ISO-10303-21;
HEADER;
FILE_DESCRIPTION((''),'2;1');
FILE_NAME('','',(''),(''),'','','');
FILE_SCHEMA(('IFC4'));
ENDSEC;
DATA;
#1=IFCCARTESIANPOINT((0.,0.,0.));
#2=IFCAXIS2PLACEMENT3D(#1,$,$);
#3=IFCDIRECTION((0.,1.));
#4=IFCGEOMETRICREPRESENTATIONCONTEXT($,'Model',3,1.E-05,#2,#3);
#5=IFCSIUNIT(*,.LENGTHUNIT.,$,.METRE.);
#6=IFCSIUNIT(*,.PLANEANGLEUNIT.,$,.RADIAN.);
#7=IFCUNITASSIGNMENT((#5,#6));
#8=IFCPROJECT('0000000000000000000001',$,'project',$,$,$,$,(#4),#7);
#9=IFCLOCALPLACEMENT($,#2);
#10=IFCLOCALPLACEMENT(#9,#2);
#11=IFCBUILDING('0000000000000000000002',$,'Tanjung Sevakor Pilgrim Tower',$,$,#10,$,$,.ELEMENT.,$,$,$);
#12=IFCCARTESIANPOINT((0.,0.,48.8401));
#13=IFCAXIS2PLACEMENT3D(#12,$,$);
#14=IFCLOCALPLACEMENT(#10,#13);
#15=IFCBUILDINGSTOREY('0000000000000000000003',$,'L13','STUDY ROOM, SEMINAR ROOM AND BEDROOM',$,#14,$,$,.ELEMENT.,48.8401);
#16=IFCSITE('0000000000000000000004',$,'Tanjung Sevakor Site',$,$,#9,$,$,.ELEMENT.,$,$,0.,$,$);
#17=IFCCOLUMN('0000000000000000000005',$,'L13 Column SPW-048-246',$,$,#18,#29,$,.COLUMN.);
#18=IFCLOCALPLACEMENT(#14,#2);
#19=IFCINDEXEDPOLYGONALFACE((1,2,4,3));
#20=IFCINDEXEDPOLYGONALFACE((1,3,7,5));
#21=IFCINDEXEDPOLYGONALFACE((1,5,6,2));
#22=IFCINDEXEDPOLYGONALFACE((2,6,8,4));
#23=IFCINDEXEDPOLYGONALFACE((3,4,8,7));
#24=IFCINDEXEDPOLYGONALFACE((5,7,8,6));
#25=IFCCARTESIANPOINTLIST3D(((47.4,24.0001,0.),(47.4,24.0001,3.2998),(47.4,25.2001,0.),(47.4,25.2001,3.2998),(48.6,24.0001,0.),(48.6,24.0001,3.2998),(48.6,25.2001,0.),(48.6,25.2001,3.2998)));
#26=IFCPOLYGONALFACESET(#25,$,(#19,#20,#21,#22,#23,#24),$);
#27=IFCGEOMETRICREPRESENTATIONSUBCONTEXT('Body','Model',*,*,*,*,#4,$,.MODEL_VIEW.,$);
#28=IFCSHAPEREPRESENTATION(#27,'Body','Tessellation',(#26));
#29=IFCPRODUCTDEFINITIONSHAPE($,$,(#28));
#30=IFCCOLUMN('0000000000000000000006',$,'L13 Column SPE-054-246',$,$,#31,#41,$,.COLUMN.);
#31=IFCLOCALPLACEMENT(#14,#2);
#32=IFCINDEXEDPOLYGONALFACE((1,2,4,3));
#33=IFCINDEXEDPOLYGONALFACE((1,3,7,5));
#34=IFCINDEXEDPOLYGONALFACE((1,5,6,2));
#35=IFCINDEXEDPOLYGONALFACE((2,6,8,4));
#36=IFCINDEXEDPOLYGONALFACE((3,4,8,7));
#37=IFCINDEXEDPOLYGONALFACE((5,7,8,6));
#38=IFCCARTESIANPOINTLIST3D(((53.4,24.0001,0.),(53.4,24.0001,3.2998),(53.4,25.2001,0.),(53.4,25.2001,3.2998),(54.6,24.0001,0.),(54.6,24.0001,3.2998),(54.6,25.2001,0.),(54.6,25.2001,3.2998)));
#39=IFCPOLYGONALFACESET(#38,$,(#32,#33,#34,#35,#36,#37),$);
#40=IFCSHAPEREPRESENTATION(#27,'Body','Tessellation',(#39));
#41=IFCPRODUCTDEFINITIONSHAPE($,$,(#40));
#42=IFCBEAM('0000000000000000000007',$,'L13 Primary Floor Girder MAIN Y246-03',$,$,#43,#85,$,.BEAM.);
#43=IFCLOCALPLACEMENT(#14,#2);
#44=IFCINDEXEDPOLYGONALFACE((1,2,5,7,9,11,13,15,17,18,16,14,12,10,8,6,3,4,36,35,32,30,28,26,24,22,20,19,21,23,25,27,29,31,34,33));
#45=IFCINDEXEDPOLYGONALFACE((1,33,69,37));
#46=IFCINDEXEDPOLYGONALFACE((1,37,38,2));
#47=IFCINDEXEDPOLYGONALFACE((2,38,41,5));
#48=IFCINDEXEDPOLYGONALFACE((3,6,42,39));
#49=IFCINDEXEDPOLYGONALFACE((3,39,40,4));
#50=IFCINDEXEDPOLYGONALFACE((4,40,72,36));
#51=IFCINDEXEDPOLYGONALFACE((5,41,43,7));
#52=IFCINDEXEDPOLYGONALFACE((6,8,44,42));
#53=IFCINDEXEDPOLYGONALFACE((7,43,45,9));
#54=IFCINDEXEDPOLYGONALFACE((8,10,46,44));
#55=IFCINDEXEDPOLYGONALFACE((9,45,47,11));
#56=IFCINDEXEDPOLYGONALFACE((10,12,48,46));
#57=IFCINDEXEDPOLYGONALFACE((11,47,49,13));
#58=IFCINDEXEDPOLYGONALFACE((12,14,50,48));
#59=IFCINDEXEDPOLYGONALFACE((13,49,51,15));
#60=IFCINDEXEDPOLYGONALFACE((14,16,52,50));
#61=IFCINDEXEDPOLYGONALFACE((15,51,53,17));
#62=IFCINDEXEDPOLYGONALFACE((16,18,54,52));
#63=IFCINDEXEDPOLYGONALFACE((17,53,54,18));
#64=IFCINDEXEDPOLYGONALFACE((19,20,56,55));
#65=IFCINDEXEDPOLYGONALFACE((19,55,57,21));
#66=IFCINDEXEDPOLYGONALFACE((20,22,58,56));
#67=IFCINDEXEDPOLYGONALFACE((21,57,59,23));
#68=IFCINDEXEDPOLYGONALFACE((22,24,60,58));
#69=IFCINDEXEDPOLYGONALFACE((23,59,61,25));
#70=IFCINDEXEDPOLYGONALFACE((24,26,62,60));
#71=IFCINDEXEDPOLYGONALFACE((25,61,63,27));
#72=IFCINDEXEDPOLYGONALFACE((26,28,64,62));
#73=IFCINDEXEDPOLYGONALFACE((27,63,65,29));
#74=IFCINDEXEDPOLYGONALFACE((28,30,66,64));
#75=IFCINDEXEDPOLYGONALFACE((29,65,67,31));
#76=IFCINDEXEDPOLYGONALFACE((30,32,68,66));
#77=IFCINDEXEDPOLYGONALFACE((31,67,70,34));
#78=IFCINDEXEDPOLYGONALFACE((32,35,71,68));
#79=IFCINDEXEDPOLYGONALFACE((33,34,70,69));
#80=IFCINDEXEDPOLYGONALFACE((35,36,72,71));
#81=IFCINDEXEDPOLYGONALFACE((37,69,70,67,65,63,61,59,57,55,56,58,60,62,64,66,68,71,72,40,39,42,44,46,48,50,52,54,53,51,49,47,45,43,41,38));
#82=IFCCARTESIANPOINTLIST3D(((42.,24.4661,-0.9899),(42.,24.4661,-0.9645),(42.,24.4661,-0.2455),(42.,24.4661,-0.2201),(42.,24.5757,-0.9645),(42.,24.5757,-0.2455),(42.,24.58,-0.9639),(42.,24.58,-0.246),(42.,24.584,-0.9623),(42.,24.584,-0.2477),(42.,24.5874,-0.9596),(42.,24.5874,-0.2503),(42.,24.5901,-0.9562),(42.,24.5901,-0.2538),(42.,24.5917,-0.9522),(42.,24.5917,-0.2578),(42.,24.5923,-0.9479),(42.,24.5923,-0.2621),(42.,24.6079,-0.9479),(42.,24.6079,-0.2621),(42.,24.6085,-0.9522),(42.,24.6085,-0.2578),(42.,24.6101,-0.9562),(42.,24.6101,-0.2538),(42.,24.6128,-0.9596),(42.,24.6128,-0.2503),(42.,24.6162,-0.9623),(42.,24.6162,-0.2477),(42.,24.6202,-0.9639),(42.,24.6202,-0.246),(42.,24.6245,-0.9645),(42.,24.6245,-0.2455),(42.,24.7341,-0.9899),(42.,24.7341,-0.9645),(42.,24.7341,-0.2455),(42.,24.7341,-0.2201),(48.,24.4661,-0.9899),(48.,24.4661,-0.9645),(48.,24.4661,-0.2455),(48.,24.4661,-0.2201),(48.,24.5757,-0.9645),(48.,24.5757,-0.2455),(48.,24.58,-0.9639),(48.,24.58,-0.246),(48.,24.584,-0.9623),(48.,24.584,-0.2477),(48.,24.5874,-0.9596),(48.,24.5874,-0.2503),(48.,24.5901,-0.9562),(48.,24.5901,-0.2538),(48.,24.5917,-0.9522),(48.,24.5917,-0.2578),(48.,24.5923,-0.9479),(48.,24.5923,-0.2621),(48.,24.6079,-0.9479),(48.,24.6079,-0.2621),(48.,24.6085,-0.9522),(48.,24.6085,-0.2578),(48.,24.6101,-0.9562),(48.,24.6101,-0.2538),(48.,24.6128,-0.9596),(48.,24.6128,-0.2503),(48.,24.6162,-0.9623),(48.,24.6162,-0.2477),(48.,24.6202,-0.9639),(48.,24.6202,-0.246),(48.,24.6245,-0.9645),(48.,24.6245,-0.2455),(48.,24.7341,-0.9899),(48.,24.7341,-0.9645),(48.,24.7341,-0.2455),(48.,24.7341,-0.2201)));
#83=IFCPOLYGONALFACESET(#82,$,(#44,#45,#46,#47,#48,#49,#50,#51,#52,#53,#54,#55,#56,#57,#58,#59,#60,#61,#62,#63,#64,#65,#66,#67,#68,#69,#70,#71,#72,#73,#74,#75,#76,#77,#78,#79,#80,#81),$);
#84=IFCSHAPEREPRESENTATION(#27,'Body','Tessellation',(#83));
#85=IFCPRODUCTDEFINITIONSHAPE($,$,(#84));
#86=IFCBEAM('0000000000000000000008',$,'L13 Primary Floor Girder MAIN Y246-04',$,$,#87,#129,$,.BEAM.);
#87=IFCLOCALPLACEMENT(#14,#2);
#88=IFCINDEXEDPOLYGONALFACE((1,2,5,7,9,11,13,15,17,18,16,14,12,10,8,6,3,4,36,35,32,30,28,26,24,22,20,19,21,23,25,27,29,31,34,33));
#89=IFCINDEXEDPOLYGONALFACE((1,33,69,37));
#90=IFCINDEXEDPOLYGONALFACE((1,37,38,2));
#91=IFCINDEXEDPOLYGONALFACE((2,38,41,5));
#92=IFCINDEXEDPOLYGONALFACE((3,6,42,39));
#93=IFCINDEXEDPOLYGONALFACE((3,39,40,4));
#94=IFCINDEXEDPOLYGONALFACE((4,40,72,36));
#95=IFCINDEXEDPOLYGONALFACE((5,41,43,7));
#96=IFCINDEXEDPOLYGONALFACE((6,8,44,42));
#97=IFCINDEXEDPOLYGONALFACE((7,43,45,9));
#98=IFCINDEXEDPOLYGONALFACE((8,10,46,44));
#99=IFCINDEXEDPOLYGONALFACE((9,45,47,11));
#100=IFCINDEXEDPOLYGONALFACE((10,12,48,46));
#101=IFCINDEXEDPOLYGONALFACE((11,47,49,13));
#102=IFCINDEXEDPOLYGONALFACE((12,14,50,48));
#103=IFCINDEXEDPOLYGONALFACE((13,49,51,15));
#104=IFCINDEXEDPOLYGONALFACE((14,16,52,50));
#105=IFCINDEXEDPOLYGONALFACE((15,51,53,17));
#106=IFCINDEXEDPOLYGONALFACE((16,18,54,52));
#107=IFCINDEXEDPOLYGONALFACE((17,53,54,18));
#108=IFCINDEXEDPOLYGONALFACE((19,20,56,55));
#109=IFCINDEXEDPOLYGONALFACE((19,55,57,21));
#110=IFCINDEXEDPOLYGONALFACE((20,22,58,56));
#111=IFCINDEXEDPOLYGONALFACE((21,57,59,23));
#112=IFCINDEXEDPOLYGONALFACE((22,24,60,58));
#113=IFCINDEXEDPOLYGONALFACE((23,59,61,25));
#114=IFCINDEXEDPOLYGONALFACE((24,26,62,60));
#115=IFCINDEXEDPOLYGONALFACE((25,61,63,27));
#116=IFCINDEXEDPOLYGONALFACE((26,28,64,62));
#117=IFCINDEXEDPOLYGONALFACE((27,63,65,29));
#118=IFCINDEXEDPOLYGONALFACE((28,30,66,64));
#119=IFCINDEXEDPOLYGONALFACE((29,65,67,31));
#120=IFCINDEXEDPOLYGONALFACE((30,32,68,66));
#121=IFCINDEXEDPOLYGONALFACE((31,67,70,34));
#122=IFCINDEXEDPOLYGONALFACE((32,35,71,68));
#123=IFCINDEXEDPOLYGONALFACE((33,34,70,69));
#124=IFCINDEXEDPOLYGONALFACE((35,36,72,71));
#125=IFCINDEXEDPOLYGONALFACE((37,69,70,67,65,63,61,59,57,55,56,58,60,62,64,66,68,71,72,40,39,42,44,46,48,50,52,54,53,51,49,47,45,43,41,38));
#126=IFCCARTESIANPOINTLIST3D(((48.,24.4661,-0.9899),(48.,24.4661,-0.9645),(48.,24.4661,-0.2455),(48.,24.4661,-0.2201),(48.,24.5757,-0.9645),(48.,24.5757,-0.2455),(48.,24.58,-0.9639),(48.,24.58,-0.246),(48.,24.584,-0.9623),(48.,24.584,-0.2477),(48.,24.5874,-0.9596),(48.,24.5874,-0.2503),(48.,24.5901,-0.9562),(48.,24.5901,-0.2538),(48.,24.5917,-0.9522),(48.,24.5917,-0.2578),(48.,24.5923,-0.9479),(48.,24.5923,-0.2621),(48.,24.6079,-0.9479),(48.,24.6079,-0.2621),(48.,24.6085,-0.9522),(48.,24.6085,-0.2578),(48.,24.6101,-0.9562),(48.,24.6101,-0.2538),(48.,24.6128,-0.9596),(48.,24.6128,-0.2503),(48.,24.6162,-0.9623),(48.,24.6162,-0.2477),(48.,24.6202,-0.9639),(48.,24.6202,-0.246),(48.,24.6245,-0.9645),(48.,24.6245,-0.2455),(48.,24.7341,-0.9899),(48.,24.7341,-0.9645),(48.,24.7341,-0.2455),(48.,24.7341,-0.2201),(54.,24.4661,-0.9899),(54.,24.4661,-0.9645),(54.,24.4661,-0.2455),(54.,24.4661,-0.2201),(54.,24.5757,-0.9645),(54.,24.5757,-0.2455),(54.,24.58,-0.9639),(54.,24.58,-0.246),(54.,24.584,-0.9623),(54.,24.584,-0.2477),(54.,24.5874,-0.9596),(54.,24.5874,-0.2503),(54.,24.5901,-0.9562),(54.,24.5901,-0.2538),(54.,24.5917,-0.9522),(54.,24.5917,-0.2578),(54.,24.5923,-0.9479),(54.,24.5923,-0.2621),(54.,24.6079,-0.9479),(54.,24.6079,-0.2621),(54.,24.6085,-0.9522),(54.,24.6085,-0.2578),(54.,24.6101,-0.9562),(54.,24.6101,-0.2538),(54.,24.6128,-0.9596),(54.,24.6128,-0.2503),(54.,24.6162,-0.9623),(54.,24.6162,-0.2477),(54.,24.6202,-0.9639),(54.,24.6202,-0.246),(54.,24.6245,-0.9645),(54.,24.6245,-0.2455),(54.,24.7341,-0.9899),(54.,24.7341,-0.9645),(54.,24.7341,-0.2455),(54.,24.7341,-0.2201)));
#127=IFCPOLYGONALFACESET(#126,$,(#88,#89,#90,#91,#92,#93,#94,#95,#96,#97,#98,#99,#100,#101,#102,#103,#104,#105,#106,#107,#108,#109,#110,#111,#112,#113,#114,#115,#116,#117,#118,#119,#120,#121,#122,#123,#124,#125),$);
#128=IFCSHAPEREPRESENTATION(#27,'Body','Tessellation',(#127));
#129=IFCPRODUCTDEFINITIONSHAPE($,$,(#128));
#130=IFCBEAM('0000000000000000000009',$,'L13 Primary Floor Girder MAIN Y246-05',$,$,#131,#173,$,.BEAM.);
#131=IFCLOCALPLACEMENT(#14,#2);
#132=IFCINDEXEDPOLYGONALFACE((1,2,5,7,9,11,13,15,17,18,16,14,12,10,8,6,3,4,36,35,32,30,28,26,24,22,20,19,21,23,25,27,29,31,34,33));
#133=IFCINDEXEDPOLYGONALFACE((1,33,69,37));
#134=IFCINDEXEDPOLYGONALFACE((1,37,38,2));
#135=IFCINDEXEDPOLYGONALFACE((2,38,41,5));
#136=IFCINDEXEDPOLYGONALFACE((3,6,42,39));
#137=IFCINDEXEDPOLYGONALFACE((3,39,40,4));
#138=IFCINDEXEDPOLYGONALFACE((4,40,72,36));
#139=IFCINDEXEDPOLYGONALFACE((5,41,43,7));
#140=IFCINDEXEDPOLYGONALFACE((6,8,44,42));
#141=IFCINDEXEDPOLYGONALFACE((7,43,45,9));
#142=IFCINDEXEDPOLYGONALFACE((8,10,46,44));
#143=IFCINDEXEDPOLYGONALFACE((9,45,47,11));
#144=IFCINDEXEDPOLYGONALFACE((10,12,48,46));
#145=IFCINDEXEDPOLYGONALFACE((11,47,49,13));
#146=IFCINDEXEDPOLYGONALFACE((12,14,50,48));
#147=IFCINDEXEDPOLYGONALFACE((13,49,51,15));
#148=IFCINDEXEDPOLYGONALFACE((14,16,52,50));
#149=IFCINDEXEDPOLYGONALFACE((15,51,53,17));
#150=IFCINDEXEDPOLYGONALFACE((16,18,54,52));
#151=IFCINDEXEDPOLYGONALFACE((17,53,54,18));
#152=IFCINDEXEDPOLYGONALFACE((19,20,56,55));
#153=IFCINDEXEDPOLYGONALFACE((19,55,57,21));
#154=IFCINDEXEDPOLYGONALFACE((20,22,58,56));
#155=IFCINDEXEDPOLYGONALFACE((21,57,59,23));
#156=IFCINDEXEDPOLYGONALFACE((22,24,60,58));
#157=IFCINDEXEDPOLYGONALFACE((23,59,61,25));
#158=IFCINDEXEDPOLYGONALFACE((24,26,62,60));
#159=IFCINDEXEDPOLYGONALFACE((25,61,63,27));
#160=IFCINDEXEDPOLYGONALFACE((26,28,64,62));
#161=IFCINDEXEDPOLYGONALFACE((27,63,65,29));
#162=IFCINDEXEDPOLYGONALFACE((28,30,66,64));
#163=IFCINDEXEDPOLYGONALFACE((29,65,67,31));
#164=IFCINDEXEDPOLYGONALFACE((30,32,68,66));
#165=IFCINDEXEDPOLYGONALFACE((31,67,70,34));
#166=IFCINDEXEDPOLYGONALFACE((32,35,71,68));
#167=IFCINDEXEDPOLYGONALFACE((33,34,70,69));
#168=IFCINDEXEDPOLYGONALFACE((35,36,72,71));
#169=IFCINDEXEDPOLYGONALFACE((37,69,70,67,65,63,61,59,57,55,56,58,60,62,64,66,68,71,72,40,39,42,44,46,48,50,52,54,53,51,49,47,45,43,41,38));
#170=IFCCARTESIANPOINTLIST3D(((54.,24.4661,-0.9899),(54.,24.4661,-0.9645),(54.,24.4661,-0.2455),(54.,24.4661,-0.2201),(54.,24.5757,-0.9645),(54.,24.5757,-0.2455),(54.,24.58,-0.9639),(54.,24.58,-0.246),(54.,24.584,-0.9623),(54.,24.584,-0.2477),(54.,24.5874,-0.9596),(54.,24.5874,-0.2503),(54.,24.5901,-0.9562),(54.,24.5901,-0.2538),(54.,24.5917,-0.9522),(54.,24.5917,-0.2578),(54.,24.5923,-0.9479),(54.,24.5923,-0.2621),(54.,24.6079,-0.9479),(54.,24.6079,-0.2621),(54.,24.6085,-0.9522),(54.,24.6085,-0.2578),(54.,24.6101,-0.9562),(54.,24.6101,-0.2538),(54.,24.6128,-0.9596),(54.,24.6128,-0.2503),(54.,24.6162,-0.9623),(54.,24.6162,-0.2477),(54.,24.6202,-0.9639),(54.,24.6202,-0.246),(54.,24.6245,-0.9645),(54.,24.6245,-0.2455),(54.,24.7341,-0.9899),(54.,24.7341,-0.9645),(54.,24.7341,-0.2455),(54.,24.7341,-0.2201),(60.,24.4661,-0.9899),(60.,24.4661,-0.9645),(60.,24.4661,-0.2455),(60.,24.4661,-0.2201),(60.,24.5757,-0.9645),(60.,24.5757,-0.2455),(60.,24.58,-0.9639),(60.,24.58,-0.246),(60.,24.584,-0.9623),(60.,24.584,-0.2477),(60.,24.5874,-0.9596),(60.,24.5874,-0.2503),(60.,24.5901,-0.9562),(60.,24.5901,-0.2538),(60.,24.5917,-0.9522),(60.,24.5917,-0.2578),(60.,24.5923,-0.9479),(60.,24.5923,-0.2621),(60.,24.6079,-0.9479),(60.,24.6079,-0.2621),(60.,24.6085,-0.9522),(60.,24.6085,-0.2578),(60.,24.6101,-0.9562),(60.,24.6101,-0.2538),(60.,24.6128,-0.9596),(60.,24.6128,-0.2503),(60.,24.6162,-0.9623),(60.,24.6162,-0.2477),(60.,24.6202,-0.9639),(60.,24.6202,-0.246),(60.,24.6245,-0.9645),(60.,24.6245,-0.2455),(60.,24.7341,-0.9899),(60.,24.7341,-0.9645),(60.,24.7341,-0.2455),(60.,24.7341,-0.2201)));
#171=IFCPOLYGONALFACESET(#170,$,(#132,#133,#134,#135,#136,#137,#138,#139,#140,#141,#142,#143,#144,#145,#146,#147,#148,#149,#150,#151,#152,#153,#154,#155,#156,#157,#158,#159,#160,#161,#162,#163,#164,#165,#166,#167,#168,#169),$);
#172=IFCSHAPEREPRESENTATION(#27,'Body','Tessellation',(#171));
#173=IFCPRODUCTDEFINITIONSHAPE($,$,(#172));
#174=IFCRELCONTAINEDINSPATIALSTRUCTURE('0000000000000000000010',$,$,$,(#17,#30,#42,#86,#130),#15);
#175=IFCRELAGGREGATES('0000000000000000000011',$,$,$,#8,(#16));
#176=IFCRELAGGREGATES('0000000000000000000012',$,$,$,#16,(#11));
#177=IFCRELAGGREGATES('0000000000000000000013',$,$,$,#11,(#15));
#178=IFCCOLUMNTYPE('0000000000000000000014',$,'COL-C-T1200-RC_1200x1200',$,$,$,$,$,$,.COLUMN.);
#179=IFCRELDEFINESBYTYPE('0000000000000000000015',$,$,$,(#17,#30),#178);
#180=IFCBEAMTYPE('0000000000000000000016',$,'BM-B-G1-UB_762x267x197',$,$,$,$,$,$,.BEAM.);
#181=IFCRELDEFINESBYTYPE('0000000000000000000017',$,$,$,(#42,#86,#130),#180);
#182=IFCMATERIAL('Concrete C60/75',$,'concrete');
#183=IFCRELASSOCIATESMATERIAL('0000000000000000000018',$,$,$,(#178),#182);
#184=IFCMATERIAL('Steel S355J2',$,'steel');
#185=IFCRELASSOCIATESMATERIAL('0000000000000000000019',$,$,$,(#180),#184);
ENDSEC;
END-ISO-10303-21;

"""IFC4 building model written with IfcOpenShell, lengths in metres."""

from ifc_helpers import new_model, si_unit, direction, frame, origin, origin_2d, place, context, subcontext, project, spatial, rectangle, i_section, extrude, material, material_profile, profile_set, type_object, element, save


model = new_model("IFC4")

# Units and contexts
model_context = context("Model", 3, precision=1e-05, world=origin(), true_north=direction((0.0, 1.0)))
body_context = subcontext(model_context, "Body", "Model", "MODEL_VIEW")
ifc_project = project(units=[si_unit("LENGTHUNIT", "METRE"), si_unit("PLANEANGLEUNIT", "RADIAN")], contexts=[model_context])

# Site, building, storey
site_placement = place(None, origin())
site = spatial("IfcSite", under=ifc_project, at=site_placement, Name="Tanjung Sevakor Site", CompositionType="ELEMENT", RefElevation=0.0)
building_placement = place(site_placement, origin())
building = spatial("IfcBuilding", under=site, at=building_placement, Name="Tanjung Sevakor Pilgrim Tower", CompositionType="ELEMENT")
storey_placement = place(building_placement, frame((0.0, 0.0, 48.8401)))
storey = spatial("IfcBuildingStorey", under=building, at=storey_placement, Name="L13", Description="STUDY ROOM, SEMINAR ROOM AND BEDROOM", CompositionType="ELEMENT", Elevation=48.8401)

# Columns
ifc_material_1 = material(Name="Concrete C60/75", Category="concrete")
ifc_material_profile_1 = material_profile(ifc_material_1, rectangle(XDim=1.2, YDim=1.2, at=origin_2d()))
ifc_profile_set_1 = profile_set([ifc_material_profile_1], Name="Concrete C60/75")
column_type = type_object("IfcColumnType", Name="COL-C-T1200-RC_1200x1200", PredefinedType="COLUMN", material=ifc_profile_set_1)
for number, where, z_axis, x_axis, name in (
    (1, (48.0, 24.6001, 0.0), (0.0, 0.0, 1.0), (1.0, 0.0, 0.0), "L13 Column SPW-048-246"),
    (2, (54.0, 24.6001, 0.0), (0.0, 0.0, 1.0), (1.0, 0.0, 0.0), "L13 Column SPE-054-246"),
):
    element("IfcColumn", number, at=place(storey_placement, frame(where, z_axis=z_axis, x_axis=x_axis)), inside=storey, type_object=column_type, Name=name, PredefinedType="COLUMN", context=body_context, shape_type="SweptSolid", body=[
        extrude(rectangle(XDim=1.2, YDim=1.2, at=origin_2d()), origin(), (0.0, 0.0, 1.0), 3.2998),
    ])

# Beams
ifc_material_2 = material(Name="Steel S355J2", Category="steel")
ifc_material_profile_2 = material_profile(ifc_material_2, i_section(OverallWidth=0.2681, OverallDepth=0.7698, WebThickness=0.0156, FlangeThickness=0.0254, FilletRadius=0.0166, at=origin_2d()))
ifc_profile_set_2 = profile_set([ifc_material_profile_2], Name="Steel S355J2")
beam_type_1 = type_object("IfcBeamType", Name="BM-B-G1-UB_762x267x197", PredefinedType="BEAM", material=ifc_profile_set_2)
for number, where, z_axis, x_axis, name in (
    (3, (42.0, 24.6001, -0.605), (1.0, 0.0, 0.0), (0.0, 1.0, 0.0), "L13 Primary Floor Girder MAIN Y246-03"),
    (4, (48.0, 24.6001, -0.605), (1.0, 0.0, 0.0), (0.0, 1.0, 0.0), "L13 Primary Floor Girder MAIN Y246-04"),
    (5, (54.0, 24.6001, -0.605), (1.0, 0.0, 0.0), (0.0, 1.0, 0.0), "L13 Primary Floor Girder MAIN Y246-05"),
):
    element("IfcBeam", number, at=place(storey_placement, frame(where, z_axis=z_axis, x_axis=x_axis)), inside=storey, type_object=beam_type_1, Name=name, PredefinedType="BEAM", context=body_context, shape_type="SweptSolid", body=[
        extrude(i_section(OverallWidth=0.2681, OverallDepth=0.7698, WebThickness=0.0156, FlangeThickness=0.0254, FilletRadius=0.0166, at=origin_2d()), origin(), (0.0, 0.0, 1.0), 6.0),
    ])

save(model, "model.ifc")
